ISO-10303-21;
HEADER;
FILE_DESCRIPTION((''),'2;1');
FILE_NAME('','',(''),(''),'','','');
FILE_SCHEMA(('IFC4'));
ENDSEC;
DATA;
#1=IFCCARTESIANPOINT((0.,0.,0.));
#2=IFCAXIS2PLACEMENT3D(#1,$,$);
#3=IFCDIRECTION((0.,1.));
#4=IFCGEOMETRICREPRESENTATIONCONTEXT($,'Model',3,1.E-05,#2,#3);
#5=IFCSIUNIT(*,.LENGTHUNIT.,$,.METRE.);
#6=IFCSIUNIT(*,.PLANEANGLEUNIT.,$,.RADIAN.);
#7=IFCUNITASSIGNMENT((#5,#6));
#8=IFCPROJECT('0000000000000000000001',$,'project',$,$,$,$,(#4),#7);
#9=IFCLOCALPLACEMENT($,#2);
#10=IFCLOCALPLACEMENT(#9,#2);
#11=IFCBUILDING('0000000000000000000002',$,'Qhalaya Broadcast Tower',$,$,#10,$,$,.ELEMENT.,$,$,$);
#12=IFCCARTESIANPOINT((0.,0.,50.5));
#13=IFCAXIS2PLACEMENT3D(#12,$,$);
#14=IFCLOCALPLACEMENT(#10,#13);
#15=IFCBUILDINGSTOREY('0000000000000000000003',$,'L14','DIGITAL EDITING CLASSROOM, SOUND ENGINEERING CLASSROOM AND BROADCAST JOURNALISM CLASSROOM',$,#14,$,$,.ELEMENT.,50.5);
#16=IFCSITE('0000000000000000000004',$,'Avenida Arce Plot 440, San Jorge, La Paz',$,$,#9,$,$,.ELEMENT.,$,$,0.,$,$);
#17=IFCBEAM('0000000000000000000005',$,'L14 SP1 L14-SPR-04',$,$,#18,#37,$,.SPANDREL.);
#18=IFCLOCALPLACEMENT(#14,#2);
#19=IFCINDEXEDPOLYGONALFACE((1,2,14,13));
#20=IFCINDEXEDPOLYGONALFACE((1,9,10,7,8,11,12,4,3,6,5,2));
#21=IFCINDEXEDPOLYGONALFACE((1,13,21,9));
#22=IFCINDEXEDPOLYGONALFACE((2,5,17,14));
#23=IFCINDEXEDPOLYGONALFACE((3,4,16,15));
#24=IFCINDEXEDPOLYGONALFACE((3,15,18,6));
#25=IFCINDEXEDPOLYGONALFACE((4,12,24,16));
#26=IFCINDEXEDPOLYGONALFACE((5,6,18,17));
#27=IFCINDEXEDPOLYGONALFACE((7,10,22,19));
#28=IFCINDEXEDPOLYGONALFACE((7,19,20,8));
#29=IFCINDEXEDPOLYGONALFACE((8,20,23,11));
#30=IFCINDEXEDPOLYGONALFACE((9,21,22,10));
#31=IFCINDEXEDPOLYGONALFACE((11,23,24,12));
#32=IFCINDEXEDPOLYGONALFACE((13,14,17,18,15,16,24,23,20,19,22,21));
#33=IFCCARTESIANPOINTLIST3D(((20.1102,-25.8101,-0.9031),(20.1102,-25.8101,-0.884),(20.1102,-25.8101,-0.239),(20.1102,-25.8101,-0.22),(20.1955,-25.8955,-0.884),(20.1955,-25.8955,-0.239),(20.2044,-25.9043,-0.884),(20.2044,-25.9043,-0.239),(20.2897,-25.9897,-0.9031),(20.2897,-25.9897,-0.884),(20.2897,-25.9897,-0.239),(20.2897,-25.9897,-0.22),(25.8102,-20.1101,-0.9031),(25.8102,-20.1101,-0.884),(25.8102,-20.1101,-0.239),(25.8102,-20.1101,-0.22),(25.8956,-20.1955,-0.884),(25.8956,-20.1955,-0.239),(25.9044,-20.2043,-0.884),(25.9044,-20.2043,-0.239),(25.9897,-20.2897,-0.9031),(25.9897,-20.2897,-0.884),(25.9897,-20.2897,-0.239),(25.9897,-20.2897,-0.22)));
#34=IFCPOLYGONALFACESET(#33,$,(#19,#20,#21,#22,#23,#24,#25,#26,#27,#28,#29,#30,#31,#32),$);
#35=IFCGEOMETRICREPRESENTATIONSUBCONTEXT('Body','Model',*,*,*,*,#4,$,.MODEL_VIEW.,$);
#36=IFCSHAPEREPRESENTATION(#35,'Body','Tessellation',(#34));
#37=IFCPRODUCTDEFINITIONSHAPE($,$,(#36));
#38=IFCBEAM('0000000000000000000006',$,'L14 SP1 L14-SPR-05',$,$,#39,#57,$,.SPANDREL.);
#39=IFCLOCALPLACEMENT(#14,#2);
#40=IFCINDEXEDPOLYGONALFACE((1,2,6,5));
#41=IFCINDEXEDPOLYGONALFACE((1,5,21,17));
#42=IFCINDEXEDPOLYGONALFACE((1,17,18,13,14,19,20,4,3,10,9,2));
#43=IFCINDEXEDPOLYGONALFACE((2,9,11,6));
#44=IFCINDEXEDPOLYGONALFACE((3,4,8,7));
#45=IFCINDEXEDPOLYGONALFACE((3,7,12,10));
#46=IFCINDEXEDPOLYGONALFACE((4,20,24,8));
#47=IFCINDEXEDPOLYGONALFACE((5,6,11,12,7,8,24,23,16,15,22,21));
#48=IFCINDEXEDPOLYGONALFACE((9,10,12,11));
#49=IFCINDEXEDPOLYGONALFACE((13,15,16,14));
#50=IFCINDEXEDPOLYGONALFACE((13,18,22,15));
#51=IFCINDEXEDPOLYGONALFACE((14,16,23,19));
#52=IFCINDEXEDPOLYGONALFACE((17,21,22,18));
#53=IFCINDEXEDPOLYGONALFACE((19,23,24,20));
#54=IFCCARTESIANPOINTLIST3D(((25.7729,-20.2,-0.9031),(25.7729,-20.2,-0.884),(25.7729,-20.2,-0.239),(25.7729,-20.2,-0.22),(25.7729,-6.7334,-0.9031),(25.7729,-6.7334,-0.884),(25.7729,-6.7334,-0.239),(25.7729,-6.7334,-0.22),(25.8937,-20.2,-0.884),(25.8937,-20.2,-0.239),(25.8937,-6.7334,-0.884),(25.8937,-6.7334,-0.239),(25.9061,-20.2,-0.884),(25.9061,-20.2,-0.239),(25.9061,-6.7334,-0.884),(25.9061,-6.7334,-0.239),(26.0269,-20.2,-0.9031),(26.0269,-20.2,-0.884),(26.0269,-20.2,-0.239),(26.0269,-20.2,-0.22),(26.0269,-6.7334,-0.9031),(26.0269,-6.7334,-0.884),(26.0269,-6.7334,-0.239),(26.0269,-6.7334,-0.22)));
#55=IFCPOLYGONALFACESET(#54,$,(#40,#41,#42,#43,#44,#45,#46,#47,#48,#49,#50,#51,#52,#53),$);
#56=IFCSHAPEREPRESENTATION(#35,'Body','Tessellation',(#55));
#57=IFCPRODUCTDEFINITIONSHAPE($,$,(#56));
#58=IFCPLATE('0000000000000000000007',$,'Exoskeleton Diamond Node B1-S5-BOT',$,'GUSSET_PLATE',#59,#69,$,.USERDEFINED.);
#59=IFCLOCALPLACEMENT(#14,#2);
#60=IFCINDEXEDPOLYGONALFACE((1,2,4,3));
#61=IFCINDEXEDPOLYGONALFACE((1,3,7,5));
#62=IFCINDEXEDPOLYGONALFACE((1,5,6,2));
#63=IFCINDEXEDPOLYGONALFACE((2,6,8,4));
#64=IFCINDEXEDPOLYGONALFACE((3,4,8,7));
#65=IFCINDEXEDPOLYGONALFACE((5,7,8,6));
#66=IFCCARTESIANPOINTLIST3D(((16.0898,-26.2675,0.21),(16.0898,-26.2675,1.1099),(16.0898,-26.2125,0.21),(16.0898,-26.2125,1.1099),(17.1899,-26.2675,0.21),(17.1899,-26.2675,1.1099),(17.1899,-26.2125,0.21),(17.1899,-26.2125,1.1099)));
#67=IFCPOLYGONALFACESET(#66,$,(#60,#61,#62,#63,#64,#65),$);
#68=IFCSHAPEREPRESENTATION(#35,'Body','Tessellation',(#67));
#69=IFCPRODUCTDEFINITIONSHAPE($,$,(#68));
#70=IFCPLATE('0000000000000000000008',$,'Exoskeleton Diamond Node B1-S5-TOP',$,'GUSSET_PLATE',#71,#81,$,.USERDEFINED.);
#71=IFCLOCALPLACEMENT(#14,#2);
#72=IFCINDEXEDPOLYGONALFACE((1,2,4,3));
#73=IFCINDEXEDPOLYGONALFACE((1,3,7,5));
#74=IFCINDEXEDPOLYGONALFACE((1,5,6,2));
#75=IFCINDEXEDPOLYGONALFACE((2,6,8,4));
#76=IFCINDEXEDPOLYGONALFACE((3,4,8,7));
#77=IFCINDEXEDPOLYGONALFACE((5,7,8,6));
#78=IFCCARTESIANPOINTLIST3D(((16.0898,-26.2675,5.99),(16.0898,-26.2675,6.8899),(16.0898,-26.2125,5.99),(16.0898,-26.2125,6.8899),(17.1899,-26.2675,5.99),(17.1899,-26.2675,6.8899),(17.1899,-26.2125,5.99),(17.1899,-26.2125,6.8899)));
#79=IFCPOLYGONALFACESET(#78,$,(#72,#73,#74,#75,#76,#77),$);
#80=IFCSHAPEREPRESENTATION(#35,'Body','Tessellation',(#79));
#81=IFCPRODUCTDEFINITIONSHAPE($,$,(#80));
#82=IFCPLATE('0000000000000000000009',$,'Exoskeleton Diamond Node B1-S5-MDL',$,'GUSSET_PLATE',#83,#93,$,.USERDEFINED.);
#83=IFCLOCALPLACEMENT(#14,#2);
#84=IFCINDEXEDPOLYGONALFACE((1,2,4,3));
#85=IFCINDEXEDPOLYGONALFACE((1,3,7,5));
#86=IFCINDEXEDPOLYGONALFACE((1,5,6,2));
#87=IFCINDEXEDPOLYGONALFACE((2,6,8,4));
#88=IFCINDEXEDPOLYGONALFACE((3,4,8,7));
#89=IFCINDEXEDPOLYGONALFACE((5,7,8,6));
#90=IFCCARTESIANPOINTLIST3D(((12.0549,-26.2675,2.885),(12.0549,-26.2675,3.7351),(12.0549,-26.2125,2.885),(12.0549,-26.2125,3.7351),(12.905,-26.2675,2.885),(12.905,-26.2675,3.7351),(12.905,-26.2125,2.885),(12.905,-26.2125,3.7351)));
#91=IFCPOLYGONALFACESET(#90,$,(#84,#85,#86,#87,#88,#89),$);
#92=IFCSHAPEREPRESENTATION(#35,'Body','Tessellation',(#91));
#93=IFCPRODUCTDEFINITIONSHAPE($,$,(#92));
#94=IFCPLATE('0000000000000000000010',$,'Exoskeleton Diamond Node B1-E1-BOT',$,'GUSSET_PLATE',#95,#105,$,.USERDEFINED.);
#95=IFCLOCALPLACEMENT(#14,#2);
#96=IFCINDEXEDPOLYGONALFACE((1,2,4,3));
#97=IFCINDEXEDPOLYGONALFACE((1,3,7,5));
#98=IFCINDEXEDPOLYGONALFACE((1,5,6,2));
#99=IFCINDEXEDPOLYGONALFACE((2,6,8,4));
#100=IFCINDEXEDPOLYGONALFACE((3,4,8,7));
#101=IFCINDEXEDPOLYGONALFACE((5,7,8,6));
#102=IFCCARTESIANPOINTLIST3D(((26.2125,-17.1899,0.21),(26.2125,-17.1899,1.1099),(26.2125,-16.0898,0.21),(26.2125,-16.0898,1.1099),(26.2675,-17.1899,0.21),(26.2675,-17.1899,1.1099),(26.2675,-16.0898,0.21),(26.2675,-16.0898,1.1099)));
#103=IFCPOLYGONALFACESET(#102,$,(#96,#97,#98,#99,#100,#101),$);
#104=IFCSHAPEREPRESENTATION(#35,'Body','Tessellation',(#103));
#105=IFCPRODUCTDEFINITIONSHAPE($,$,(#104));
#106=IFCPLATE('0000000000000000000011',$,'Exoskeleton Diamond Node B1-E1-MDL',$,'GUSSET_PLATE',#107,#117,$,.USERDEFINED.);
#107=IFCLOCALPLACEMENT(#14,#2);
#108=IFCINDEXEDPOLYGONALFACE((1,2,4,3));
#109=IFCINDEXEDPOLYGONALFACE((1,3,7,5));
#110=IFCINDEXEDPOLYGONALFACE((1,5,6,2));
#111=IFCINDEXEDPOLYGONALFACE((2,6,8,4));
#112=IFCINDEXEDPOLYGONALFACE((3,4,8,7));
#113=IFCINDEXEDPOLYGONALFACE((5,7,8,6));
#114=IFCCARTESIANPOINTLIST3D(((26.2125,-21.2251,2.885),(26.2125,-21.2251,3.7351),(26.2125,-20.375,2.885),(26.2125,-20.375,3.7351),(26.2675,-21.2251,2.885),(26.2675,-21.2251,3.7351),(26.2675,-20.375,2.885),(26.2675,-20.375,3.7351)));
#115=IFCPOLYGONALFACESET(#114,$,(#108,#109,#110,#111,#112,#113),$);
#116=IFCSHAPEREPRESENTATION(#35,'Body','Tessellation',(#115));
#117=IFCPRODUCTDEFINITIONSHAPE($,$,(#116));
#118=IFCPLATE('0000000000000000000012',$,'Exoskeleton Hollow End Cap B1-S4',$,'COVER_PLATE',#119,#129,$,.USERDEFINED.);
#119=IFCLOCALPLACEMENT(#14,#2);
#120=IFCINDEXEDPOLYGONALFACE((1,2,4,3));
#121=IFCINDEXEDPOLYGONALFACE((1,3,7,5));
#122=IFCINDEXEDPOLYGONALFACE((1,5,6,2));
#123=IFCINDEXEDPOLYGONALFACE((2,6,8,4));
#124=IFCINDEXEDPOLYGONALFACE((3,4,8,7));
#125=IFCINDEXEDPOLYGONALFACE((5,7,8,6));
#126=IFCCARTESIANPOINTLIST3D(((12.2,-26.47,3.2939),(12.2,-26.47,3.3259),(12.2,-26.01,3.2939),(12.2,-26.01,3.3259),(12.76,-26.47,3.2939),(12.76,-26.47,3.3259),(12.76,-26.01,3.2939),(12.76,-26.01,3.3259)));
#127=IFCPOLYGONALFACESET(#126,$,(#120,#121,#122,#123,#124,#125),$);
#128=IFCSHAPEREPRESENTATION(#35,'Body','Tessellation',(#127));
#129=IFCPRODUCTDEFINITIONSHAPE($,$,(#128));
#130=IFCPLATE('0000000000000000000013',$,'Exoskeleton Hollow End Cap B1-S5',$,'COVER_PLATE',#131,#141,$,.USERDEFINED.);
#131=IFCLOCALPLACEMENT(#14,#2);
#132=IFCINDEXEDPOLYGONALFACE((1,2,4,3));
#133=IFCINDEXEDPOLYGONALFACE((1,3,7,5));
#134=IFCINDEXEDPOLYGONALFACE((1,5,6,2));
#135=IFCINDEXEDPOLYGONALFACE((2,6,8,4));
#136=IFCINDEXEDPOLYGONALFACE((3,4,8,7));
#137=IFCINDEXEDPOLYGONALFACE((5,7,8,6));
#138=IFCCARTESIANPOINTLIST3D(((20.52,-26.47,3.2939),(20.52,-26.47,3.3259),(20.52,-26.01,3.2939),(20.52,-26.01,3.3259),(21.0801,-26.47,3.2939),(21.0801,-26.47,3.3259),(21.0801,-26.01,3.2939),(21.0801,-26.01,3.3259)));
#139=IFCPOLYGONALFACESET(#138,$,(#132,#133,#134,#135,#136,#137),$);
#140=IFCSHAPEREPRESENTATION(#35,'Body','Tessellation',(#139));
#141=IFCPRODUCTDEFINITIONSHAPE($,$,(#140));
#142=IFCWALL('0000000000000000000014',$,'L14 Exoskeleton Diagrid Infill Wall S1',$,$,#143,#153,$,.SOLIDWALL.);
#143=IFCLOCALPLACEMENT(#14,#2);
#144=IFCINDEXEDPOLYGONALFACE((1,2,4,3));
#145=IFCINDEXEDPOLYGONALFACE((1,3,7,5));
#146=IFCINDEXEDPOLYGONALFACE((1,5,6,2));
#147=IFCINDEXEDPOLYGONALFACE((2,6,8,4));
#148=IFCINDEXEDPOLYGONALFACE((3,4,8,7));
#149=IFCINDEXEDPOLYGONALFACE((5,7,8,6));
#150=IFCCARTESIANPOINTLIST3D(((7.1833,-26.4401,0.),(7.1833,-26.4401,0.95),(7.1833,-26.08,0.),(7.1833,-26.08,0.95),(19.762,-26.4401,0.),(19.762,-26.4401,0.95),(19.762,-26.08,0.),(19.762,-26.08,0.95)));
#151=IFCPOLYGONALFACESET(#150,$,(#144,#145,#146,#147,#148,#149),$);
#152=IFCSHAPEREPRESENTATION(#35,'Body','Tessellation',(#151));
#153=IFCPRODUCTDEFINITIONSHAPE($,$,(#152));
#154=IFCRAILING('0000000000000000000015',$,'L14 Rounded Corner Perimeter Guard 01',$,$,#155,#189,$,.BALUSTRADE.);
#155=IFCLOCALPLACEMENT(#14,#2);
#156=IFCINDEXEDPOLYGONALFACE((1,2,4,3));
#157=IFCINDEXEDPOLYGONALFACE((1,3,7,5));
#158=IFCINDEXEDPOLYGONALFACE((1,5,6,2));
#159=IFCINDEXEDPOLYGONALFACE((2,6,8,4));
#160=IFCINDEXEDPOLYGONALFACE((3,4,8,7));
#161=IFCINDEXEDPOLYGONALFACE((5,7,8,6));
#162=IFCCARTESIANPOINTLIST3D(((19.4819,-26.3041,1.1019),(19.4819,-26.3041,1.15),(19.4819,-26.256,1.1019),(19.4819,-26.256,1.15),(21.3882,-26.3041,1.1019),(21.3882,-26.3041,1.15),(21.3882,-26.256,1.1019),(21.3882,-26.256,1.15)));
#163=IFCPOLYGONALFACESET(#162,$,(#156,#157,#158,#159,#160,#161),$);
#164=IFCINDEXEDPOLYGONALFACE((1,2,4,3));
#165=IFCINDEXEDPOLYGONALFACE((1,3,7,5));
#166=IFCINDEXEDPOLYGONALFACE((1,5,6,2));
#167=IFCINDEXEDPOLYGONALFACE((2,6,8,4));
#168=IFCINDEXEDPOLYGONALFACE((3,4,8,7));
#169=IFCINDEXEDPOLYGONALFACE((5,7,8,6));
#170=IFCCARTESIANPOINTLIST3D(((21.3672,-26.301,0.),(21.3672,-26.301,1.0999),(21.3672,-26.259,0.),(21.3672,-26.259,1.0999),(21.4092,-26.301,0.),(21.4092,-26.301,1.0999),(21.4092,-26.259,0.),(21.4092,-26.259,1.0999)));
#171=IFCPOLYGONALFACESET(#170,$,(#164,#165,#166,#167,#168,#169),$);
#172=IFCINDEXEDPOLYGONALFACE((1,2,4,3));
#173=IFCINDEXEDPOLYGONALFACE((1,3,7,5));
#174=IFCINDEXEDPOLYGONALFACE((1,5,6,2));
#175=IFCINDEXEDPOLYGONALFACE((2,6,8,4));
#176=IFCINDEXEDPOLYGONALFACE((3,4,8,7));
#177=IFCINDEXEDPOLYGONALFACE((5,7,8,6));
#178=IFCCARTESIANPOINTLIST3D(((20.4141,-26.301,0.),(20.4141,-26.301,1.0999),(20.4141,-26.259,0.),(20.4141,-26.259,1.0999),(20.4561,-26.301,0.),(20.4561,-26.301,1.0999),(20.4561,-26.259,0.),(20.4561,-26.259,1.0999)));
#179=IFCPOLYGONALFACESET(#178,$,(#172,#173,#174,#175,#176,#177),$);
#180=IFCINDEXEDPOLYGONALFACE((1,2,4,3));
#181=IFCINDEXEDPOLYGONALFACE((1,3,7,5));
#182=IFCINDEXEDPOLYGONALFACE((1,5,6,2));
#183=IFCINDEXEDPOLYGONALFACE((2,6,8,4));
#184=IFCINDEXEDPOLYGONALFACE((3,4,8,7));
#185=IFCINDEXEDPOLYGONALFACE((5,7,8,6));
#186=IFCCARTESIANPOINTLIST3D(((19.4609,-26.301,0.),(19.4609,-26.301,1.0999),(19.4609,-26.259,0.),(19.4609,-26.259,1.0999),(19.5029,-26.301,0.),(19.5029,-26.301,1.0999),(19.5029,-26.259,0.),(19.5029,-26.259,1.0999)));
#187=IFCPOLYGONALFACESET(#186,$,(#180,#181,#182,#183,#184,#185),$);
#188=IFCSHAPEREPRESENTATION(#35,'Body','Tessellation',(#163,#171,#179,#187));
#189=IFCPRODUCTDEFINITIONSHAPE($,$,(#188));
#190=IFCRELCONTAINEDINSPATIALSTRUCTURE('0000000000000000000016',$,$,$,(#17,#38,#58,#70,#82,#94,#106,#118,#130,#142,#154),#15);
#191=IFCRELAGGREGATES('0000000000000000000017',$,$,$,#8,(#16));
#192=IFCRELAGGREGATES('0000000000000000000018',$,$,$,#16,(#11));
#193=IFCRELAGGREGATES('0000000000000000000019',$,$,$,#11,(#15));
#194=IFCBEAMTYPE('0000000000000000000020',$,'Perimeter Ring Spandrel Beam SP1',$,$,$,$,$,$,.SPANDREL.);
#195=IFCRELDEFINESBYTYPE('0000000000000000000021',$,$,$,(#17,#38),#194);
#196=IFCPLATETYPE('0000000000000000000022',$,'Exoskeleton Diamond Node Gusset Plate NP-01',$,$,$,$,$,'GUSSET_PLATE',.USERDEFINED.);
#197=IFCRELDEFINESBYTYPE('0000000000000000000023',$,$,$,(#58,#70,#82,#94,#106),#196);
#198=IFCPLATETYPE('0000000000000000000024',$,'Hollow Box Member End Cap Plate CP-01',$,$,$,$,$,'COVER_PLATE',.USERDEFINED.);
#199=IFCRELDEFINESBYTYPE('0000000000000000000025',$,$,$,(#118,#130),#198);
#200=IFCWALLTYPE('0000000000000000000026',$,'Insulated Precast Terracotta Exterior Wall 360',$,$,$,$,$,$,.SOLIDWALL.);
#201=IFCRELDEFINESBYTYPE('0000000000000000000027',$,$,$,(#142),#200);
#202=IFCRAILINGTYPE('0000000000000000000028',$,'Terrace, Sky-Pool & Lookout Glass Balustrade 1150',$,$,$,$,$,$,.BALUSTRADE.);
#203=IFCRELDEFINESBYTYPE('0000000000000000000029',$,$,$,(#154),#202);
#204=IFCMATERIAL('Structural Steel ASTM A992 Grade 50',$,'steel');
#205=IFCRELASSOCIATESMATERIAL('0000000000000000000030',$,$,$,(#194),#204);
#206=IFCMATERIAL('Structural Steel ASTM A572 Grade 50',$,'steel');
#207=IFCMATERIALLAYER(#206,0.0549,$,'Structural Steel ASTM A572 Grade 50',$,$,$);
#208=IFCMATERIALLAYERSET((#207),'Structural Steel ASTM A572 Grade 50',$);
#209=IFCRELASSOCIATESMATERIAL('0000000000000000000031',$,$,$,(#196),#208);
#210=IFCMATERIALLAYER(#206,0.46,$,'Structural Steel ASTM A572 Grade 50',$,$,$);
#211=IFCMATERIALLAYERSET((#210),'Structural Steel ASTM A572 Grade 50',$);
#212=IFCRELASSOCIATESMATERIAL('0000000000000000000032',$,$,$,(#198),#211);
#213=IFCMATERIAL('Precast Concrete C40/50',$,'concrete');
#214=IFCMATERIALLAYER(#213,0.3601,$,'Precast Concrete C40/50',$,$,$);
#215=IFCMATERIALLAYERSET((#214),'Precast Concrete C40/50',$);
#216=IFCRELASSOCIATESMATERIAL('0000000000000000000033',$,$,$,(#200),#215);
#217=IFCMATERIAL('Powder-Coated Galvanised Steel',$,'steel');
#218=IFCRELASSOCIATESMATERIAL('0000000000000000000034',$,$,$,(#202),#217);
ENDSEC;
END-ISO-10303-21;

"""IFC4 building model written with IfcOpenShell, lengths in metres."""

from ifc_helpers import new_model, si_unit, direction, frame, frame_2d, origin, origin_2d, place, context, subcontext, project, spatial, rectangle, i_section, extrude, material, layer, layer_set, material_profile, profile_set, type_object, element, save


model = new_model("IFC4")

# Units and contexts
model_context = context("Model", 3, precision=1e-05, world=origin(), true_north=direction((0.0, 1.0)))
body_context = subcontext(model_context, "Body", "Model", "MODEL_VIEW")
ifc_project = project(units=[si_unit("LENGTHUNIT", "METRE"), si_unit("PLANEANGLEUNIT", "RADIAN")], contexts=[model_context])

# Site, building, storey
site_placement = place(None, origin())
site = spatial("IfcSite", under=ifc_project, at=site_placement, Name="Avenida Arce Plot 440, San Jorge, La Paz", CompositionType="ELEMENT", RefElevation=0.0)
building_placement = place(site_placement, origin())
building = spatial("IfcBuilding", under=site, at=building_placement, Name="Qhalaya Broadcast Tower", CompositionType="ELEMENT")
storey_placement = place(building_placement, frame((0.0, 0.0, 50.5)))
storey = spatial("IfcBuildingStorey", under=building, at=storey_placement, Name="L14", Description="DIGITAL EDITING CLASSROOM, SOUND ENGINEERING CLASSROOM AND BROADCAST JOURNALISM CLASSROOM", CompositionType="ELEMENT", Elevation=50.5)

# Shared definitions
ifc_material_1 = material(Name="Structural Steel ASTM A572 Grade 50", Category="steel")

# Beams
ifc_material_2 = material(Name="Structural Steel ASTM A992 Grade 50", Category="steel")
ifc_material_profile_1 = material_profile(ifc_material_2, i_section(OverallWidth=0.2539, OverallDepth=0.6831, WebThickness=0.0125, FlangeThickness=0.019, at=origin_2d()), Name="W27X94")
ifc_profile_set_1 = profile_set([ifc_material_profile_1], Name="Structural Steel ASTM A992 Grade 50")
beam_type = type_object("IfcBeamType", Name="Perimeter Ring Spandrel Beam SP1", PredefinedType="SPANDREL", material=ifc_profile_set_1)
beam_1_placement = place(storey_placement, frame((20.2, -25.8999, -0.5615), z_axis=(0.707107, 0.707107, 0.0), x_axis=(-0.707107, 0.707107, 0.0)))
element("IfcBeam", 1, at=beam_1_placement, inside=storey, type_object=beam_type, Name="L14 SP1 L14-SPR-04", PredefinedType="SPANDREL", context=body_context, shape_type="SweptSolid", body=[
    extrude(i_section(OverallWidth=0.2539, OverallDepth=0.6831, WebThickness=0.0125, FlangeThickness=0.019, at=origin_2d()), origin(), (0.0, 0.0, 1.0), 8.061),
])
beam_2_placement = place(storey_placement, frame((25.8999, -20.2, -0.5615), z_axis=(0.0, 1.0, 0.0), x_axis=(-1.0, 0.0, 0.0)))
element("IfcBeam", 2, at=beam_2_placement, inside=storey, type_object=beam_type, Name="L14 SP1 L14-SPR-05", PredefinedType="SPANDREL", context=body_context, shape_type="SweptSolid", body=[
    extrude(i_section(OverallWidth=0.2539, OverallDepth=0.6831, WebThickness=0.0125, FlangeThickness=0.019, at=origin_2d()), origin(), (0.0, 0.0, 1.0), 13.4666),
])

# Plates
ifc_layer_1 = layer(ifc_material_1, 0.0549, Name="Structural Steel ASTM A572 Grade 50")
ifc_layer_set_1 = layer_set([ifc_layer_1], Name="Structural Steel ASTM A572 Grade 50")
plate_type_1 = type_object("IfcPlateType", Name="Exoskeleton Diamond Node Gusset Plate NP-01", ElementType="GUSSET_PLATE", PredefinedType="USERDEFINED", material=ifc_layer_set_1)
for number, where, z_axis, x_axis, name in (
    (3, (16.6399, -26.24, 0.21), (0.0, 0.0, 1.0), (1.0, 0.0, 0.0), "Exoskeleton Diamond Node B1-S5-BOT"),
    (4, (16.6399, -26.24, 5.99), (0.0, 0.0, 1.0), (1.0, 0.0, 0.0), "Exoskeleton Diamond Node B1-S5-TOP"),
):
    element("IfcPlate", number, at=place(storey_placement, frame(where, z_axis=z_axis, x_axis=x_axis)), inside=storey, type_object=plate_type_1, Name=name, ObjectType="GUSSET_PLATE", PredefinedType="USERDEFINED", context=body_context, shape_type="SweptSolid", body=[
        extrude(rectangle(XDim=1.1001, YDim=0.0549, at=origin_2d()), origin(), (0.0, 0.0, 1.0), 0.8999),
    ])
plate_1_placement = place(storey_placement, frame((12.48, -26.24, 2.885), z_axis=(0.0, 0.0, 1.0), x_axis=(1.0, 0.0, 0.0)))
element("IfcPlate", 5, at=plate_1_placement, inside=storey, type_object=plate_type_1, Name="Exoskeleton Diamond Node B1-S5-MDL", ObjectType="GUSSET_PLATE", PredefinedType="USERDEFINED", context=body_context, shape_type="SweptSolid", body=[
    extrude(rectangle(XDim=0.8501, YDim=0.0549, at=origin_2d()), origin(), (0.0, 0.0, 1.0), 0.8501),
])
plate_2_placement = place(storey_placement, frame((26.24, -16.6399, 0.21), z_axis=(0.0, 0.0, 1.0), x_axis=(0.0, 1.0, 0.0)))
element("IfcPlate", 6, at=plate_2_placement, inside=storey, type_object=plate_type_1, Name="Exoskeleton Diamond Node B1-E1-BOT", ObjectType="GUSSET_PLATE", PredefinedType="USERDEFINED", context=body_context, shape_type="SweptSolid", body=[
    extrude(rectangle(XDim=1.1001, YDim=0.0549, at=origin_2d()), origin(), (0.0, 0.0, 1.0), 0.8999),
])
plate_3_placement = place(storey_placement, frame((26.24, -20.8, 2.885), z_axis=(0.0, 0.0, 1.0), x_axis=(0.0, 1.0, 0.0)))
element("IfcPlate", 7, at=plate_3_placement, inside=storey, type_object=plate_type_1, Name="Exoskeleton Diamond Node B1-E1-MDL", ObjectType="GUSSET_PLATE", PredefinedType="USERDEFINED", context=body_context, shape_type="SweptSolid", body=[
    extrude(rectangle(XDim=0.8501, YDim=0.0549, at=origin_2d()), origin(), (0.0, 0.0, 1.0), 0.8501),
])
ifc_layer_2 = layer(ifc_material_1, 0.46, Name="Structural Steel ASTM A572 Grade 50")
ifc_layer_set_2 = layer_set([ifc_layer_2], Name="Structural Steel ASTM A572 Grade 50")
plate_type_2 = type_object("IfcPlateType", Name="Hollow Box Member End Cap Plate CP-01", ElementType="COVER_PLATE", PredefinedType="USERDEFINED", material=ifc_layer_set_2)
for number, where, z_axis, x_axis, name in (
    (8, (12.48, -26.24, 3.2939), (0.0, 0.0, 1.0), (1.0, 0.0, 0.0), "Exoskeleton Hollow End Cap B1-S4"),
    (9, (20.8, -26.24, 3.2939), (0.0, 0.0, 1.0), (1.0, 0.0, 0.0), "Exoskeleton Hollow End Cap B1-S5"),
):
    element("IfcPlate", number, at=place(storey_placement, frame(where, z_axis=z_axis, x_axis=x_axis)), inside=storey, type_object=plate_type_2, Name=name, ObjectType="COVER_PLATE", PredefinedType="USERDEFINED", context=body_context, shape_type="SweptSolid", body=[
        extrude(rectangle(XDim=0.5601, YDim=0.46, at=origin_2d()), origin(), (0.0, 0.0, 1.0), 0.032),
    ])

# Wall
ifc_material_3 = material(Name="Precast Concrete C40/50", Category="concrete")
ifc_layer_3 = layer(ifc_material_3, 0.3601, Name="Precast Concrete C40/50")
ifc_layer_set_3 = layer_set([ifc_layer_3], Name="Precast Concrete C40/50")
wall_type = type_object("IfcWallType", Name="Insulated Precast Terracotta Exterior Wall 360", PredefinedType="SOLIDWALL", material=ifc_layer_set_3)
wall_placement = place(storey_placement, frame((19.762, -26.26, 0.0), z_axis=(0.0, 0.0, 1.0), x_axis=(-1.0, 0.0, 0.0)))
element("IfcWall", 10, at=wall_placement, inside=storey, type_object=wall_type, Name="L14 Exoskeleton Diagrid Infill Wall S1", PredefinedType="SOLIDWALL", context=body_context, shape_type="SweptSolid", body=[
    extrude(rectangle(XDim=12.5786, YDim=0.3601, at=frame_2d((6.2893, 0.0))), origin(), (0.0, 0.0, 1.0), 0.95),
])

# Railing
ifc_material_4 = material(Name="Powder-Coated Galvanised Steel", Category="steel")
railing_type = type_object("IfcRailingType", Name="Terrace, Sky-Pool & Lookout Glass Balustrade 1150", PredefinedType="BALUSTRADE", material=ifc_material_4)
railing_1_placement = place(storey_placement, frame((21.3882, -26.28, 0.0)))
element("IfcRailing", 11, at=railing_1_placement, inside=storey, type_object=railing_type, Name="L14 Rounded Corner Perimeter Guard 01", PredefinedType="BALUSTRADE", context=body_context, shape_type="SweptSolid", body=[
    extrude(rectangle(XDim=0.0481, YDim=0.0481, at=origin_2d()), frame((0.0, 0.0, 1.126), z_axis=(-1.0, 0.0, 0.0), x_axis=(0.0, -1.0, 0.0)), (0.0, 0.0, 1.0), 1.9062),
    extrude(rectangle(XDim=0.042, YDim=0.042, at=origin_2d()), origin(), (0.0, 0.0, 1.0), 1.0999),
    extrude(rectangle(XDim=0.042, YDim=0.042, at=origin_2d()), frame((-0.9531, 0.0, 0.0)), (0.0, 0.0, 1.0), 1.0999),
    extrude(rectangle(XDim=0.042, YDim=0.042, at=origin_2d()), frame((-1.9062, 0.0, 0.0)), (0.0, 0.0, 1.0), 1.0999),
])

save(model, "model.ifc")
